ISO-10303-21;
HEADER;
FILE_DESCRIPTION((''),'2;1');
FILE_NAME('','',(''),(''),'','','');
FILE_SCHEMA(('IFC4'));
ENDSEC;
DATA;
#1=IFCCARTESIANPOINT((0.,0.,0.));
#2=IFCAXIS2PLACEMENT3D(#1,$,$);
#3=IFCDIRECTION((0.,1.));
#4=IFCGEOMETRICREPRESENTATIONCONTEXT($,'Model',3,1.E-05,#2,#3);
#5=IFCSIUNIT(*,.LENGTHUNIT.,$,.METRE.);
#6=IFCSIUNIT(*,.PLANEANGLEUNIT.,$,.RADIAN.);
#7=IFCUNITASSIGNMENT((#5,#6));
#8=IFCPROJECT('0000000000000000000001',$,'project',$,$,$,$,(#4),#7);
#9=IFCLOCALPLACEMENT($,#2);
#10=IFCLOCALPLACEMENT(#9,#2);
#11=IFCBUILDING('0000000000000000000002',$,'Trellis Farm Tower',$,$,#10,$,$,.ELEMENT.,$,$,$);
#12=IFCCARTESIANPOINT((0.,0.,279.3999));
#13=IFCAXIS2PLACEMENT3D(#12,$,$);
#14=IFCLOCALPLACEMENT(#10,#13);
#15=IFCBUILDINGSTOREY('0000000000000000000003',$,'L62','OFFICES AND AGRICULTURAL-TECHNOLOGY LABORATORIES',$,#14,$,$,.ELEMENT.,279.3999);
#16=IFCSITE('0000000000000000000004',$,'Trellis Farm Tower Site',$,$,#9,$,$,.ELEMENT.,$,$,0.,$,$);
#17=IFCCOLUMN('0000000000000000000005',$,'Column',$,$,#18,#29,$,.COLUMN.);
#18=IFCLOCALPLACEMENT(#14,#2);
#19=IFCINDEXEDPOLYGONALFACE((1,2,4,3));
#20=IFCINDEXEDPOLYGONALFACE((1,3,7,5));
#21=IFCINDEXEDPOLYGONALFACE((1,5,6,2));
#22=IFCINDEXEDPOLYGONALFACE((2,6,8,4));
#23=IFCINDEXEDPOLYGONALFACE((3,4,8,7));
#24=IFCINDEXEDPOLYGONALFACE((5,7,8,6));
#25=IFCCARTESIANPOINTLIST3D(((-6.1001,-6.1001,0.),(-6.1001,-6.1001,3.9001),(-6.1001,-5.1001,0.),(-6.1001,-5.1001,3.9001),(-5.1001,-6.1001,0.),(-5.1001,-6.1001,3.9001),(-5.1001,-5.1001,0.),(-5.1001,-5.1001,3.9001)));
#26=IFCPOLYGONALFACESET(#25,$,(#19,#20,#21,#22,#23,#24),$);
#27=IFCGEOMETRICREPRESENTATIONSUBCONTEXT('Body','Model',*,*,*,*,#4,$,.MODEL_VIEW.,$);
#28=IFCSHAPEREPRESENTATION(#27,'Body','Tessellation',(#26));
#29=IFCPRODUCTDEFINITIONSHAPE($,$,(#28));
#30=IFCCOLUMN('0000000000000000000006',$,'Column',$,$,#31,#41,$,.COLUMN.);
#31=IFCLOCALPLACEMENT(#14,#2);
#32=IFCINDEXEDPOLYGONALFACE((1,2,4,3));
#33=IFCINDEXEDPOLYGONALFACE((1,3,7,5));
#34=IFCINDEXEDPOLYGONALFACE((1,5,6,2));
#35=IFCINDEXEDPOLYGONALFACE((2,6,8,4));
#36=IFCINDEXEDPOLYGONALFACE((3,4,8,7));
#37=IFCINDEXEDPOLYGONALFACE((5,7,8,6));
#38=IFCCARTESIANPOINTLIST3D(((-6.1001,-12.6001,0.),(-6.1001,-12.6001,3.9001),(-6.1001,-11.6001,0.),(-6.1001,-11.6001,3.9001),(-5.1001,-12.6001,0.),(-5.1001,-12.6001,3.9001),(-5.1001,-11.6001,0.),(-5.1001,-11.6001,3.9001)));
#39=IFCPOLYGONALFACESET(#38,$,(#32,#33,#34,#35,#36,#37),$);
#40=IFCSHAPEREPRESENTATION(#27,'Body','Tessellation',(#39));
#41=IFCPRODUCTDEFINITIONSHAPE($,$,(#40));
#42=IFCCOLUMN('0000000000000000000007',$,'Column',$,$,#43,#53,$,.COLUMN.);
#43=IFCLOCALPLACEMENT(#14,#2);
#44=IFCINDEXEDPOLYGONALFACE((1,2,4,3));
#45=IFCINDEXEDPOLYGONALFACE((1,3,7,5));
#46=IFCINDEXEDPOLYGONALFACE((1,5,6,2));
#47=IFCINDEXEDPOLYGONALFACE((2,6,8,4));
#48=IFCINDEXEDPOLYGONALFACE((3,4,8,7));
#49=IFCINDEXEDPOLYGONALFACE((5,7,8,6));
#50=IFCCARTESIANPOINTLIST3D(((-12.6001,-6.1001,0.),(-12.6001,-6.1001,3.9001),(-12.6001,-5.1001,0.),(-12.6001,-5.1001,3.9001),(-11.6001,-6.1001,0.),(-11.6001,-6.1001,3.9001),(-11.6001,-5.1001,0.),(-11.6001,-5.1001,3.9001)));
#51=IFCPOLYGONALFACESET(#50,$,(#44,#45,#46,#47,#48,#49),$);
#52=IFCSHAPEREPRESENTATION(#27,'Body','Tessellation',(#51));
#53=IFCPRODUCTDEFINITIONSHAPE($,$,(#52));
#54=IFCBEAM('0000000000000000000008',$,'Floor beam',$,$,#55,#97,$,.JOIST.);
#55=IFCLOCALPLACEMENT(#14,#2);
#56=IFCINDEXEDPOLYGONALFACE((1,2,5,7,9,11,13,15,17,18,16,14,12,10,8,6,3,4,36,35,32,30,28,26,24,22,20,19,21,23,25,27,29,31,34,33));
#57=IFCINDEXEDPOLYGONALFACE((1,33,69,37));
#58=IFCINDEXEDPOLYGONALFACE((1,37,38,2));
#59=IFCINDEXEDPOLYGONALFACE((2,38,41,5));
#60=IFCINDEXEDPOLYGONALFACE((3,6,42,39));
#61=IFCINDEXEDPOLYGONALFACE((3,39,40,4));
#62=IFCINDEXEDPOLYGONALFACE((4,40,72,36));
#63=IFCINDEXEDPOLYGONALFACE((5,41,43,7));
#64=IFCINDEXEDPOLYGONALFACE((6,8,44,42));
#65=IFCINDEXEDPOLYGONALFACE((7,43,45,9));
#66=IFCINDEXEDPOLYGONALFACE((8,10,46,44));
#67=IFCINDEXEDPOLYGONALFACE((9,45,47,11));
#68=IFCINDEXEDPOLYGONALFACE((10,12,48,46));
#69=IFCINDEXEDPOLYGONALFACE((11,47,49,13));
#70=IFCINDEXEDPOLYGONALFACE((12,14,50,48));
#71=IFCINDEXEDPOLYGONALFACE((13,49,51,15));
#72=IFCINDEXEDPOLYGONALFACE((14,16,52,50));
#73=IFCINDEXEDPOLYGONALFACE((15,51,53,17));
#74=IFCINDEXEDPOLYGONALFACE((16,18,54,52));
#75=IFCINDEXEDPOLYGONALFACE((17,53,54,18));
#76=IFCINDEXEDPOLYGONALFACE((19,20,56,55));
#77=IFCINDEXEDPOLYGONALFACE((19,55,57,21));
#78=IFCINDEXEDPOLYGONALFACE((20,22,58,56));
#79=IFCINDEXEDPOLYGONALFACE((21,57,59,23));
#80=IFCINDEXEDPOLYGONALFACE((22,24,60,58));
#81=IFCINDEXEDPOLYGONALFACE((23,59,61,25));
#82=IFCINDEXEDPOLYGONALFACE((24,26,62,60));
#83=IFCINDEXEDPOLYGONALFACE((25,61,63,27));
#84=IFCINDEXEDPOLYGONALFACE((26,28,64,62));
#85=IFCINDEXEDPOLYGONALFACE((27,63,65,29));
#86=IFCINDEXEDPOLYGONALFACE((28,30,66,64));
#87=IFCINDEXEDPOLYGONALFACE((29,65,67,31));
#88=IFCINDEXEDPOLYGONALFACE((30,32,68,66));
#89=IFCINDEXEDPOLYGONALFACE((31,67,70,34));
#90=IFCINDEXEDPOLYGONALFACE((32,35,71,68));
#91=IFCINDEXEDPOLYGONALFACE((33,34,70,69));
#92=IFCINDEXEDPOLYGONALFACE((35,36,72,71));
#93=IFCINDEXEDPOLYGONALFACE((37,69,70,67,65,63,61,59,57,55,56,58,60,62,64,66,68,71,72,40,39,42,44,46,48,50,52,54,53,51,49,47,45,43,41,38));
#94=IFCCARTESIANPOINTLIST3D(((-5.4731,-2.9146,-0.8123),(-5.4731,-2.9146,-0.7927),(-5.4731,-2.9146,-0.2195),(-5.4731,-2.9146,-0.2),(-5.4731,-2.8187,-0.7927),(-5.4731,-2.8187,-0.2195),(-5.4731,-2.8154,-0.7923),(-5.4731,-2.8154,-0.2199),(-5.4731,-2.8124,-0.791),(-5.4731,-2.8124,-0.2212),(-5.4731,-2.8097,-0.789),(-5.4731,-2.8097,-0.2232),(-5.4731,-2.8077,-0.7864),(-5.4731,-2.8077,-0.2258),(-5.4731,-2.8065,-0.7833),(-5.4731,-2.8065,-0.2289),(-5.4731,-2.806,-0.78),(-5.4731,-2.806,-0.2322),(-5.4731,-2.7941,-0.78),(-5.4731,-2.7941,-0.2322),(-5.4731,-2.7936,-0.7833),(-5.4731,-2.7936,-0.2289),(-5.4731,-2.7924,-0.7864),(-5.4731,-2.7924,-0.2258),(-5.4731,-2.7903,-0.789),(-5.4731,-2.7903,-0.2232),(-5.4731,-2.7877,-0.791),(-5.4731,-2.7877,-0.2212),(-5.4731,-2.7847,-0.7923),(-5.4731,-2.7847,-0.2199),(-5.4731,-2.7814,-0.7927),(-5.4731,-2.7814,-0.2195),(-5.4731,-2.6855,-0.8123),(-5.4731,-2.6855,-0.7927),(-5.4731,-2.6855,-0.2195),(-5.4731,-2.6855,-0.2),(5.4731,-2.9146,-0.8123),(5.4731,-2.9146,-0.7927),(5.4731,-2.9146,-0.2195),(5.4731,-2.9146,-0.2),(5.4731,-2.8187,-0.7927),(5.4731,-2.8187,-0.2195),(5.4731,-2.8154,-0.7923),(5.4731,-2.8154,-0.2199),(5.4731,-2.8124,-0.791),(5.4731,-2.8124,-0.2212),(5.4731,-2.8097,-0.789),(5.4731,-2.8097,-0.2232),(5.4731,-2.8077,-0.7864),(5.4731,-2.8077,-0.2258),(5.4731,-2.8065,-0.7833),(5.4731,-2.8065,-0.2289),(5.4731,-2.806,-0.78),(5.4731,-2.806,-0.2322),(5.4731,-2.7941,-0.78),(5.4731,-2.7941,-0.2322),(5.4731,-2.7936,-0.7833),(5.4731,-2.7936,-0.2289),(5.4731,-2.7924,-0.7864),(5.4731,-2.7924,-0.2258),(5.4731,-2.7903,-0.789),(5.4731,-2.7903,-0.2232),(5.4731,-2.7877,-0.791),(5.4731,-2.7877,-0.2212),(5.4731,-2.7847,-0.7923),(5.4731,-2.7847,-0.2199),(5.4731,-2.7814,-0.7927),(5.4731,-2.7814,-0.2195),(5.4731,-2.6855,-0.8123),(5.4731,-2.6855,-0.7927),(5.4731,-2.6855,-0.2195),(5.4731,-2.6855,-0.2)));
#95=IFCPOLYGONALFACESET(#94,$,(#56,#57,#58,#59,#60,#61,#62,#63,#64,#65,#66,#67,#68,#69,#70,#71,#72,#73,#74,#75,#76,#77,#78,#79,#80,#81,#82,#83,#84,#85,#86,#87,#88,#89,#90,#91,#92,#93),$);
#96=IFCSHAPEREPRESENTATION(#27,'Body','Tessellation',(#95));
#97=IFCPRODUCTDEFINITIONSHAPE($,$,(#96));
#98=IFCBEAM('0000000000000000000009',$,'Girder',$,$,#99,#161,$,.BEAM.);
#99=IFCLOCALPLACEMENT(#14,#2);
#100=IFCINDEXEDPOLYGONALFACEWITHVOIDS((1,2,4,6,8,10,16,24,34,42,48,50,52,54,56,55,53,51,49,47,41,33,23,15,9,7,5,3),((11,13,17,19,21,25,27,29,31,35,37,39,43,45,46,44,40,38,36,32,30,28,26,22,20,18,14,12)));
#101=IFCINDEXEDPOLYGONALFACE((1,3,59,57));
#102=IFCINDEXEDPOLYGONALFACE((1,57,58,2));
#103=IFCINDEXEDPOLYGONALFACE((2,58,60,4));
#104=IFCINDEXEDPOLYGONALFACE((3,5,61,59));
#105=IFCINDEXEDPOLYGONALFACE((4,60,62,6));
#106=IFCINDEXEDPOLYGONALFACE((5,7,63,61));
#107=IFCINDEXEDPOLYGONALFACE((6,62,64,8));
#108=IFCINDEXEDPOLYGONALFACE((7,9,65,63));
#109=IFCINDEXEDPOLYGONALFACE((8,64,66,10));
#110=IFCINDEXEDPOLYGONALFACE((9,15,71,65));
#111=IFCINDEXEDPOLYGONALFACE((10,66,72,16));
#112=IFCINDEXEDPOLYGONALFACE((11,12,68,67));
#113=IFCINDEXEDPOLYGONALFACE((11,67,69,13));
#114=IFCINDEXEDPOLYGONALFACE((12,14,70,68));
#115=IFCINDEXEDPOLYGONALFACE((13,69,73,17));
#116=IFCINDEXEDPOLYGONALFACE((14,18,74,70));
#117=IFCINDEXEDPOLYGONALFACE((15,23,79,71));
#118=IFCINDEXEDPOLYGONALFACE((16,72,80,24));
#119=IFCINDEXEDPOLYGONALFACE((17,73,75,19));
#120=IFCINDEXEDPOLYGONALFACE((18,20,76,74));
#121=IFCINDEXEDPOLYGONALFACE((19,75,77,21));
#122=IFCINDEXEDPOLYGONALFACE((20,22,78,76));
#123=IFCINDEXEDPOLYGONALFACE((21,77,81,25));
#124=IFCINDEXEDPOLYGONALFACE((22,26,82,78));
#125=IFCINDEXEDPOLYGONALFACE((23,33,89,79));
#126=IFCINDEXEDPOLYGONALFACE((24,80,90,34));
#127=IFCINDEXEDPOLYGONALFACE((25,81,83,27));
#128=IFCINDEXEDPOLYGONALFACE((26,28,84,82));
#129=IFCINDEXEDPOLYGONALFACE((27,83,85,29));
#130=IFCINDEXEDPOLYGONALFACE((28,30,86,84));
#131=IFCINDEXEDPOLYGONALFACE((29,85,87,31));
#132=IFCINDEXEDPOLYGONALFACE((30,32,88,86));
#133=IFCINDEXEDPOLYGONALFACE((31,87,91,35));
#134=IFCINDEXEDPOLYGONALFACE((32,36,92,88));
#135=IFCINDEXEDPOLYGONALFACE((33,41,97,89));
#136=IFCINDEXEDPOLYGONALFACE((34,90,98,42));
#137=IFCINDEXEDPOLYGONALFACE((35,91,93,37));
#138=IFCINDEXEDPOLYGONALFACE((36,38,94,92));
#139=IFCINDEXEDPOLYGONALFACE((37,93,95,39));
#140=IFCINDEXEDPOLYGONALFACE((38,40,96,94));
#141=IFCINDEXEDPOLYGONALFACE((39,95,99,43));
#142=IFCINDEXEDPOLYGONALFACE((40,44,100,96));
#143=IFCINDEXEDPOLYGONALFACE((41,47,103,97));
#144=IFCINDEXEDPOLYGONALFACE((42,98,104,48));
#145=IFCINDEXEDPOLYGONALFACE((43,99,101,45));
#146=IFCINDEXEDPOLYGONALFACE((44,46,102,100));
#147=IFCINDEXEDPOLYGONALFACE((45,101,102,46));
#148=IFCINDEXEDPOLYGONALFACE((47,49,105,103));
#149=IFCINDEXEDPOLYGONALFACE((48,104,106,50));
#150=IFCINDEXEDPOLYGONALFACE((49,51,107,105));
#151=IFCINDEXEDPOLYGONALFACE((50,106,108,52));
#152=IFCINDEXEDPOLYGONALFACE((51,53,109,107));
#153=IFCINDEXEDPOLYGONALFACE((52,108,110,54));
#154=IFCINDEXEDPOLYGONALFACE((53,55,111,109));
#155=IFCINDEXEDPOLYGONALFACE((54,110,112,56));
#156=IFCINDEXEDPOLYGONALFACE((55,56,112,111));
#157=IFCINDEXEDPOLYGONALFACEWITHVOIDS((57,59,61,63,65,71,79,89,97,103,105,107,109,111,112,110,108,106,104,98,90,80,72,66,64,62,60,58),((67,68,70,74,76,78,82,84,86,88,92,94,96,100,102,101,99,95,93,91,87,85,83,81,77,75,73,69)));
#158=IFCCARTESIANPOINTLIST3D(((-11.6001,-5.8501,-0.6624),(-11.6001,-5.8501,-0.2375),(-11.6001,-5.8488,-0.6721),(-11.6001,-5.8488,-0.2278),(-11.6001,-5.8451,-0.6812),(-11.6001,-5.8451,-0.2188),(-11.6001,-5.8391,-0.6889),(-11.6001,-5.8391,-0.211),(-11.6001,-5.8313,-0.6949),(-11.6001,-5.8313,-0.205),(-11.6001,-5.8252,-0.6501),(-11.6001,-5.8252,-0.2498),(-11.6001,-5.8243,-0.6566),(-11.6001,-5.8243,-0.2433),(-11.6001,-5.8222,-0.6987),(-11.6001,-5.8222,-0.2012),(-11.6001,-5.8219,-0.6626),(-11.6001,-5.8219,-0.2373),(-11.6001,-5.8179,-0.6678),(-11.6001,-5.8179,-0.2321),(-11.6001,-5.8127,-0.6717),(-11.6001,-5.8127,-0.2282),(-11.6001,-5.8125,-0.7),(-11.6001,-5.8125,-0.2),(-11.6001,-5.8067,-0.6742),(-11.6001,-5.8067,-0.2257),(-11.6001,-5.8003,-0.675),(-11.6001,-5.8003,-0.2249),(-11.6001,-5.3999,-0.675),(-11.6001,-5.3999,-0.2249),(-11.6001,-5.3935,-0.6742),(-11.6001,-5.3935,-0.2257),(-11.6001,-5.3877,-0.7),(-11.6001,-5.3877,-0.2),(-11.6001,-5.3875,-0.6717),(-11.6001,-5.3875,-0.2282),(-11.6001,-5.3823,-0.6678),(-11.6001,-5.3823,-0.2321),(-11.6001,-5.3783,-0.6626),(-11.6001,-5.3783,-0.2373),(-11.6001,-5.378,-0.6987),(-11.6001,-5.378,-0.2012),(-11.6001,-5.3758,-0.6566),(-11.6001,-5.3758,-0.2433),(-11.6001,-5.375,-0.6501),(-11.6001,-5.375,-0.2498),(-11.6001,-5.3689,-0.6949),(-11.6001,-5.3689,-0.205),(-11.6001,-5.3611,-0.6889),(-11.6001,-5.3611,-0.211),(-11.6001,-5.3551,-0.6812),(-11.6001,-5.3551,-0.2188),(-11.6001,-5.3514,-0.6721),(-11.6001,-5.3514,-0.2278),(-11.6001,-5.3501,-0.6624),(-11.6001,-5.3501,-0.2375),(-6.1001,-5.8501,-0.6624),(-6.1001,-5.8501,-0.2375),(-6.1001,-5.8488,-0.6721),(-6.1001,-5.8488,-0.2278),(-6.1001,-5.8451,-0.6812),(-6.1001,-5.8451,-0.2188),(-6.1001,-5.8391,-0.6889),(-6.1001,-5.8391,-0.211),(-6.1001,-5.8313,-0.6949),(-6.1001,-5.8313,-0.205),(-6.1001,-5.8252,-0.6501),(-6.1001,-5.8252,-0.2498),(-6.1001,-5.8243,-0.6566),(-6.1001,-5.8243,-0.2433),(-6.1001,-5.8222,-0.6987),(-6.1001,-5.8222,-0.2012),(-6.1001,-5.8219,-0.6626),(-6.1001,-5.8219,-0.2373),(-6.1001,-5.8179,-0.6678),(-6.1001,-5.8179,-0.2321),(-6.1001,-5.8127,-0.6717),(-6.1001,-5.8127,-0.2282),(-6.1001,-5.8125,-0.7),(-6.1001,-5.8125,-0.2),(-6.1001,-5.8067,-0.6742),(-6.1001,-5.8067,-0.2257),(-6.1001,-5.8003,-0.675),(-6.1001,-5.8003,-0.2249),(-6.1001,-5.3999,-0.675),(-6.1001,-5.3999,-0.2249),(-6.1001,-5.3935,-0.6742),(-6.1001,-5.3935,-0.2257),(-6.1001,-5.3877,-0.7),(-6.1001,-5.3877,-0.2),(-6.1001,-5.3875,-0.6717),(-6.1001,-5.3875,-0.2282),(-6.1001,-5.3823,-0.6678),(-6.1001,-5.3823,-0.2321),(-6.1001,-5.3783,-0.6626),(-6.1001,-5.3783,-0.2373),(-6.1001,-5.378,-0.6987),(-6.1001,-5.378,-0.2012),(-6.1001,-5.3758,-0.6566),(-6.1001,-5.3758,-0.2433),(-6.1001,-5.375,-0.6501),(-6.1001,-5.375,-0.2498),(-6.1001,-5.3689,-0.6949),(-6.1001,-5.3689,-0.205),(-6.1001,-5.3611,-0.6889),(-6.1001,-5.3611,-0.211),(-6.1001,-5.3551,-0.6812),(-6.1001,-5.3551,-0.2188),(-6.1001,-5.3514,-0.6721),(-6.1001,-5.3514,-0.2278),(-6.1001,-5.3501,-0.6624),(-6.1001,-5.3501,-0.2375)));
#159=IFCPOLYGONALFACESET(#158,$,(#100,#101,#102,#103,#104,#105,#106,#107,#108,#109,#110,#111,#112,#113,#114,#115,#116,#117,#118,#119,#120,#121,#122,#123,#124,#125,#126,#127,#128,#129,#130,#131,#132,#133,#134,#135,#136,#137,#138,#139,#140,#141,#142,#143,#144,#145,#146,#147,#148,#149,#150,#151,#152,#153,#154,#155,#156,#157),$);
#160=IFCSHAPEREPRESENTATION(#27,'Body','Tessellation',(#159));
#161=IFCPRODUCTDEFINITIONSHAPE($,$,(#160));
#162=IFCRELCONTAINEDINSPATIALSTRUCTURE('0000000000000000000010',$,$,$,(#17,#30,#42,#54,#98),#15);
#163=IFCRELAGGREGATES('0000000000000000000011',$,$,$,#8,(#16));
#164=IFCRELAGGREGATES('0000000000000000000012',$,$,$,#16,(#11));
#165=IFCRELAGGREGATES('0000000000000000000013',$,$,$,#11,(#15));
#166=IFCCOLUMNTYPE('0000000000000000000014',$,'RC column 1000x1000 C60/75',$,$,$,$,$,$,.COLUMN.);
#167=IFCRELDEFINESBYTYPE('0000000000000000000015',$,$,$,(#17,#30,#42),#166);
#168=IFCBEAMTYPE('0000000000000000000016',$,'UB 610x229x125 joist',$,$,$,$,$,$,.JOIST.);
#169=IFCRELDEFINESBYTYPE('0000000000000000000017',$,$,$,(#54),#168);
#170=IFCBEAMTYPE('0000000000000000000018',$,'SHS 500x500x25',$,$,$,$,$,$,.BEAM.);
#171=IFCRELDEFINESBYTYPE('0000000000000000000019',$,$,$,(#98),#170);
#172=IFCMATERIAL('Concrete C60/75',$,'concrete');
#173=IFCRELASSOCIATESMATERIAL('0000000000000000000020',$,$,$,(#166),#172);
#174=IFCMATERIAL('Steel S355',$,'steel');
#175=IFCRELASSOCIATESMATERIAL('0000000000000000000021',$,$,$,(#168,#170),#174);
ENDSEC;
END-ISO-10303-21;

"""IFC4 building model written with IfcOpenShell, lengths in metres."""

from ifc_helpers import new_model, si_unit, direction, frame, origin, origin_2d, place, context, subcontext, project, spatial, rectangle, hollow_rectangle, i_section, extrude, source, transform, mapped, material, material_profile, profile_set, type_object, element, save


model = new_model("IFC4")

# Units and contexts
model_context = context("Model", 3, precision=1e-05, world=origin(), true_north=direction((0.0, 1.0)))
body_context = subcontext(model_context, "Body", "Model", "MODEL_VIEW")
ifc_project = project(units=[si_unit("LENGTHUNIT", "METRE"), si_unit("PLANEANGLEUNIT", "RADIAN")], contexts=[model_context])

# Site, building, storey
site_placement = place(None, origin())
site = spatial("IfcSite", under=ifc_project, at=site_placement, Name="Trellis Farm Tower Site", CompositionType="ELEMENT", RefElevation=0.0)
building_placement = place(site_placement, origin())
building = spatial("IfcBuilding", under=site, at=building_placement, Name="Trellis Farm Tower", CompositionType="ELEMENT")
storey_placement = place(building_placement, frame((0.0, 0.0, 279.3999)))
storey = spatial("IfcBuildingStorey", under=building, at=storey_placement, Name="L62", Description="OFFICES AND AGRICULTURAL-TECHNOLOGY LABORATORIES", CompositionType="ELEMENT", Elevation=279.3999)

# Columns
ifc_material_1 = material(Name="Concrete C60/75", Category="concrete")
ifc_material_profile_1 = material_profile(ifc_material_1, rectangle(XDim=1.0, YDim=1.0, at=origin_2d()), Name="RC column 1000x1000 C60/75")
ifc_profile_set_1 = profile_set([ifc_material_profile_1], Name="Concrete C60/75")
column_type = type_object("IfcColumnType", Name="RC column 1000x1000 C60/75", PredefinedType="COLUMN", material=ifc_profile_set_1)
shared_shape_1 = source(origin(), body_context, "Body", "SweptSolid", [
    extrude(rectangle(XDim=1.0, YDim=1.0, at=origin_2d()), origin(), (0.0, 0.0, 1.0), 3.9001),
])
for number, where, z_axis, x_axis, name in (
    (1, (-5.6001, -5.6001, 0.0), (0.0, 0.0, 1.0), (1.0, 0.0, 0.0), "Column"),
    (2, (-5.6001, -12.1001, 0.0), (0.0, 0.0, 1.0), (1.0, 0.0, 0.0), "Column"),
    (3, (-12.1001, -5.6001, 0.0), (0.0, 0.0, 1.0), (1.0, 0.0, 0.0), "Column"),
):
    element("IfcColumn", number, at=place(storey_placement, frame(where, z_axis=z_axis, x_axis=x_axis)), inside=storey, type_object=column_type, Name=name, PredefinedType="COLUMN", context=body_context, shape_type="MappedRepresentation", body=[
        mapped(shared_shape_1, transform((0.0, 0.0, 0.0))),
    ])

# Beams
ifc_material_2 = material(Name="Steel S355", Category="steel")
ifc_material_profile_2 = material_profile(ifc_material_2, i_section(OverallWidth=0.229, OverallDepth=0.6123, WebThickness=0.012, FlangeThickness=0.0195, FilletRadius=0.0127, at=origin_2d()), Name="UB 610x229x125")
ifc_profile_set_2 = profile_set([ifc_material_profile_2], Name="Steel S355")
beam_type_1 = type_object("IfcBeamType", Name="UB 610x229x125 joist", PredefinedType="JOIST", material=ifc_profile_set_2)
shared_shape_2 = source(origin(), body_context, "Body", "SweptSolid", [
    extrude(i_section(OverallWidth=0.229, OverallDepth=0.6123, WebThickness=0.012, FlangeThickness=0.0195, FilletRadius=0.0127, at=origin_2d()), origin(), (0.0, 0.0, 1.0), 10.9463),
])
beam_1_placement = place(storey_placement, frame((-5.4731, -2.8, -0.5061), z_axis=(1.0, 0.0, 0.0), x_axis=(0.0, 1.0, 0.0)))
element("IfcBeam", 4, at=beam_1_placement, inside=storey, type_object=beam_type_1, Name="Floor beam", PredefinedType="JOIST", context=body_context, shape_type="MappedRepresentation", body=[
    mapped(shared_shape_2, transform((0.0, 0.0, 0.0))),
])
ifc_material_profile_3 = material_profile(ifc_material_2, hollow_rectangle(XDim=0.5, YDim=0.5, WallThickness=0.0249, InnerFilletRadius=0.0249, OuterFilletRadius=0.0376, at=origin_2d()), Name="SHS 500x500x25")
ifc_profile_set_3 = profile_set([ifc_material_profile_3], Name="Steel S355")
beam_type_2 = type_object("IfcBeamType", Name="SHS 500x500x25", PredefinedType="BEAM", material=ifc_profile_set_3)
shared_shape_3 = source(origin(), body_context, "Body", "SweptSolid", [
    extrude(hollow_rectangle(XDim=0.5, YDim=0.5, WallThickness=0.0249, InnerFilletRadius=0.0249, OuterFilletRadius=0.0376, at=origin_2d()), origin(), (0.0, 0.0, 1.0), 5.5),
])
for number, where, z_axis, x_axis, name in (
    (5, (-11.6001, -5.6001, -0.45), (1.0, 0.0, 0.0), (0.0, 1.0, 0.0), "Girder"),
):
    element("IfcBeam", number, at=place(storey_placement, frame(where, z_axis=z_axis, x_axis=x_axis)), inside=storey, type_object=beam_type_2, Name=name, PredefinedType="BEAM", context=body_context, shape_type="MappedRepresentation", body=[
        mapped(shared_shape_3, transform((0.0, 0.0, 0.0))),
    ])

save(model, "model.ifc")
